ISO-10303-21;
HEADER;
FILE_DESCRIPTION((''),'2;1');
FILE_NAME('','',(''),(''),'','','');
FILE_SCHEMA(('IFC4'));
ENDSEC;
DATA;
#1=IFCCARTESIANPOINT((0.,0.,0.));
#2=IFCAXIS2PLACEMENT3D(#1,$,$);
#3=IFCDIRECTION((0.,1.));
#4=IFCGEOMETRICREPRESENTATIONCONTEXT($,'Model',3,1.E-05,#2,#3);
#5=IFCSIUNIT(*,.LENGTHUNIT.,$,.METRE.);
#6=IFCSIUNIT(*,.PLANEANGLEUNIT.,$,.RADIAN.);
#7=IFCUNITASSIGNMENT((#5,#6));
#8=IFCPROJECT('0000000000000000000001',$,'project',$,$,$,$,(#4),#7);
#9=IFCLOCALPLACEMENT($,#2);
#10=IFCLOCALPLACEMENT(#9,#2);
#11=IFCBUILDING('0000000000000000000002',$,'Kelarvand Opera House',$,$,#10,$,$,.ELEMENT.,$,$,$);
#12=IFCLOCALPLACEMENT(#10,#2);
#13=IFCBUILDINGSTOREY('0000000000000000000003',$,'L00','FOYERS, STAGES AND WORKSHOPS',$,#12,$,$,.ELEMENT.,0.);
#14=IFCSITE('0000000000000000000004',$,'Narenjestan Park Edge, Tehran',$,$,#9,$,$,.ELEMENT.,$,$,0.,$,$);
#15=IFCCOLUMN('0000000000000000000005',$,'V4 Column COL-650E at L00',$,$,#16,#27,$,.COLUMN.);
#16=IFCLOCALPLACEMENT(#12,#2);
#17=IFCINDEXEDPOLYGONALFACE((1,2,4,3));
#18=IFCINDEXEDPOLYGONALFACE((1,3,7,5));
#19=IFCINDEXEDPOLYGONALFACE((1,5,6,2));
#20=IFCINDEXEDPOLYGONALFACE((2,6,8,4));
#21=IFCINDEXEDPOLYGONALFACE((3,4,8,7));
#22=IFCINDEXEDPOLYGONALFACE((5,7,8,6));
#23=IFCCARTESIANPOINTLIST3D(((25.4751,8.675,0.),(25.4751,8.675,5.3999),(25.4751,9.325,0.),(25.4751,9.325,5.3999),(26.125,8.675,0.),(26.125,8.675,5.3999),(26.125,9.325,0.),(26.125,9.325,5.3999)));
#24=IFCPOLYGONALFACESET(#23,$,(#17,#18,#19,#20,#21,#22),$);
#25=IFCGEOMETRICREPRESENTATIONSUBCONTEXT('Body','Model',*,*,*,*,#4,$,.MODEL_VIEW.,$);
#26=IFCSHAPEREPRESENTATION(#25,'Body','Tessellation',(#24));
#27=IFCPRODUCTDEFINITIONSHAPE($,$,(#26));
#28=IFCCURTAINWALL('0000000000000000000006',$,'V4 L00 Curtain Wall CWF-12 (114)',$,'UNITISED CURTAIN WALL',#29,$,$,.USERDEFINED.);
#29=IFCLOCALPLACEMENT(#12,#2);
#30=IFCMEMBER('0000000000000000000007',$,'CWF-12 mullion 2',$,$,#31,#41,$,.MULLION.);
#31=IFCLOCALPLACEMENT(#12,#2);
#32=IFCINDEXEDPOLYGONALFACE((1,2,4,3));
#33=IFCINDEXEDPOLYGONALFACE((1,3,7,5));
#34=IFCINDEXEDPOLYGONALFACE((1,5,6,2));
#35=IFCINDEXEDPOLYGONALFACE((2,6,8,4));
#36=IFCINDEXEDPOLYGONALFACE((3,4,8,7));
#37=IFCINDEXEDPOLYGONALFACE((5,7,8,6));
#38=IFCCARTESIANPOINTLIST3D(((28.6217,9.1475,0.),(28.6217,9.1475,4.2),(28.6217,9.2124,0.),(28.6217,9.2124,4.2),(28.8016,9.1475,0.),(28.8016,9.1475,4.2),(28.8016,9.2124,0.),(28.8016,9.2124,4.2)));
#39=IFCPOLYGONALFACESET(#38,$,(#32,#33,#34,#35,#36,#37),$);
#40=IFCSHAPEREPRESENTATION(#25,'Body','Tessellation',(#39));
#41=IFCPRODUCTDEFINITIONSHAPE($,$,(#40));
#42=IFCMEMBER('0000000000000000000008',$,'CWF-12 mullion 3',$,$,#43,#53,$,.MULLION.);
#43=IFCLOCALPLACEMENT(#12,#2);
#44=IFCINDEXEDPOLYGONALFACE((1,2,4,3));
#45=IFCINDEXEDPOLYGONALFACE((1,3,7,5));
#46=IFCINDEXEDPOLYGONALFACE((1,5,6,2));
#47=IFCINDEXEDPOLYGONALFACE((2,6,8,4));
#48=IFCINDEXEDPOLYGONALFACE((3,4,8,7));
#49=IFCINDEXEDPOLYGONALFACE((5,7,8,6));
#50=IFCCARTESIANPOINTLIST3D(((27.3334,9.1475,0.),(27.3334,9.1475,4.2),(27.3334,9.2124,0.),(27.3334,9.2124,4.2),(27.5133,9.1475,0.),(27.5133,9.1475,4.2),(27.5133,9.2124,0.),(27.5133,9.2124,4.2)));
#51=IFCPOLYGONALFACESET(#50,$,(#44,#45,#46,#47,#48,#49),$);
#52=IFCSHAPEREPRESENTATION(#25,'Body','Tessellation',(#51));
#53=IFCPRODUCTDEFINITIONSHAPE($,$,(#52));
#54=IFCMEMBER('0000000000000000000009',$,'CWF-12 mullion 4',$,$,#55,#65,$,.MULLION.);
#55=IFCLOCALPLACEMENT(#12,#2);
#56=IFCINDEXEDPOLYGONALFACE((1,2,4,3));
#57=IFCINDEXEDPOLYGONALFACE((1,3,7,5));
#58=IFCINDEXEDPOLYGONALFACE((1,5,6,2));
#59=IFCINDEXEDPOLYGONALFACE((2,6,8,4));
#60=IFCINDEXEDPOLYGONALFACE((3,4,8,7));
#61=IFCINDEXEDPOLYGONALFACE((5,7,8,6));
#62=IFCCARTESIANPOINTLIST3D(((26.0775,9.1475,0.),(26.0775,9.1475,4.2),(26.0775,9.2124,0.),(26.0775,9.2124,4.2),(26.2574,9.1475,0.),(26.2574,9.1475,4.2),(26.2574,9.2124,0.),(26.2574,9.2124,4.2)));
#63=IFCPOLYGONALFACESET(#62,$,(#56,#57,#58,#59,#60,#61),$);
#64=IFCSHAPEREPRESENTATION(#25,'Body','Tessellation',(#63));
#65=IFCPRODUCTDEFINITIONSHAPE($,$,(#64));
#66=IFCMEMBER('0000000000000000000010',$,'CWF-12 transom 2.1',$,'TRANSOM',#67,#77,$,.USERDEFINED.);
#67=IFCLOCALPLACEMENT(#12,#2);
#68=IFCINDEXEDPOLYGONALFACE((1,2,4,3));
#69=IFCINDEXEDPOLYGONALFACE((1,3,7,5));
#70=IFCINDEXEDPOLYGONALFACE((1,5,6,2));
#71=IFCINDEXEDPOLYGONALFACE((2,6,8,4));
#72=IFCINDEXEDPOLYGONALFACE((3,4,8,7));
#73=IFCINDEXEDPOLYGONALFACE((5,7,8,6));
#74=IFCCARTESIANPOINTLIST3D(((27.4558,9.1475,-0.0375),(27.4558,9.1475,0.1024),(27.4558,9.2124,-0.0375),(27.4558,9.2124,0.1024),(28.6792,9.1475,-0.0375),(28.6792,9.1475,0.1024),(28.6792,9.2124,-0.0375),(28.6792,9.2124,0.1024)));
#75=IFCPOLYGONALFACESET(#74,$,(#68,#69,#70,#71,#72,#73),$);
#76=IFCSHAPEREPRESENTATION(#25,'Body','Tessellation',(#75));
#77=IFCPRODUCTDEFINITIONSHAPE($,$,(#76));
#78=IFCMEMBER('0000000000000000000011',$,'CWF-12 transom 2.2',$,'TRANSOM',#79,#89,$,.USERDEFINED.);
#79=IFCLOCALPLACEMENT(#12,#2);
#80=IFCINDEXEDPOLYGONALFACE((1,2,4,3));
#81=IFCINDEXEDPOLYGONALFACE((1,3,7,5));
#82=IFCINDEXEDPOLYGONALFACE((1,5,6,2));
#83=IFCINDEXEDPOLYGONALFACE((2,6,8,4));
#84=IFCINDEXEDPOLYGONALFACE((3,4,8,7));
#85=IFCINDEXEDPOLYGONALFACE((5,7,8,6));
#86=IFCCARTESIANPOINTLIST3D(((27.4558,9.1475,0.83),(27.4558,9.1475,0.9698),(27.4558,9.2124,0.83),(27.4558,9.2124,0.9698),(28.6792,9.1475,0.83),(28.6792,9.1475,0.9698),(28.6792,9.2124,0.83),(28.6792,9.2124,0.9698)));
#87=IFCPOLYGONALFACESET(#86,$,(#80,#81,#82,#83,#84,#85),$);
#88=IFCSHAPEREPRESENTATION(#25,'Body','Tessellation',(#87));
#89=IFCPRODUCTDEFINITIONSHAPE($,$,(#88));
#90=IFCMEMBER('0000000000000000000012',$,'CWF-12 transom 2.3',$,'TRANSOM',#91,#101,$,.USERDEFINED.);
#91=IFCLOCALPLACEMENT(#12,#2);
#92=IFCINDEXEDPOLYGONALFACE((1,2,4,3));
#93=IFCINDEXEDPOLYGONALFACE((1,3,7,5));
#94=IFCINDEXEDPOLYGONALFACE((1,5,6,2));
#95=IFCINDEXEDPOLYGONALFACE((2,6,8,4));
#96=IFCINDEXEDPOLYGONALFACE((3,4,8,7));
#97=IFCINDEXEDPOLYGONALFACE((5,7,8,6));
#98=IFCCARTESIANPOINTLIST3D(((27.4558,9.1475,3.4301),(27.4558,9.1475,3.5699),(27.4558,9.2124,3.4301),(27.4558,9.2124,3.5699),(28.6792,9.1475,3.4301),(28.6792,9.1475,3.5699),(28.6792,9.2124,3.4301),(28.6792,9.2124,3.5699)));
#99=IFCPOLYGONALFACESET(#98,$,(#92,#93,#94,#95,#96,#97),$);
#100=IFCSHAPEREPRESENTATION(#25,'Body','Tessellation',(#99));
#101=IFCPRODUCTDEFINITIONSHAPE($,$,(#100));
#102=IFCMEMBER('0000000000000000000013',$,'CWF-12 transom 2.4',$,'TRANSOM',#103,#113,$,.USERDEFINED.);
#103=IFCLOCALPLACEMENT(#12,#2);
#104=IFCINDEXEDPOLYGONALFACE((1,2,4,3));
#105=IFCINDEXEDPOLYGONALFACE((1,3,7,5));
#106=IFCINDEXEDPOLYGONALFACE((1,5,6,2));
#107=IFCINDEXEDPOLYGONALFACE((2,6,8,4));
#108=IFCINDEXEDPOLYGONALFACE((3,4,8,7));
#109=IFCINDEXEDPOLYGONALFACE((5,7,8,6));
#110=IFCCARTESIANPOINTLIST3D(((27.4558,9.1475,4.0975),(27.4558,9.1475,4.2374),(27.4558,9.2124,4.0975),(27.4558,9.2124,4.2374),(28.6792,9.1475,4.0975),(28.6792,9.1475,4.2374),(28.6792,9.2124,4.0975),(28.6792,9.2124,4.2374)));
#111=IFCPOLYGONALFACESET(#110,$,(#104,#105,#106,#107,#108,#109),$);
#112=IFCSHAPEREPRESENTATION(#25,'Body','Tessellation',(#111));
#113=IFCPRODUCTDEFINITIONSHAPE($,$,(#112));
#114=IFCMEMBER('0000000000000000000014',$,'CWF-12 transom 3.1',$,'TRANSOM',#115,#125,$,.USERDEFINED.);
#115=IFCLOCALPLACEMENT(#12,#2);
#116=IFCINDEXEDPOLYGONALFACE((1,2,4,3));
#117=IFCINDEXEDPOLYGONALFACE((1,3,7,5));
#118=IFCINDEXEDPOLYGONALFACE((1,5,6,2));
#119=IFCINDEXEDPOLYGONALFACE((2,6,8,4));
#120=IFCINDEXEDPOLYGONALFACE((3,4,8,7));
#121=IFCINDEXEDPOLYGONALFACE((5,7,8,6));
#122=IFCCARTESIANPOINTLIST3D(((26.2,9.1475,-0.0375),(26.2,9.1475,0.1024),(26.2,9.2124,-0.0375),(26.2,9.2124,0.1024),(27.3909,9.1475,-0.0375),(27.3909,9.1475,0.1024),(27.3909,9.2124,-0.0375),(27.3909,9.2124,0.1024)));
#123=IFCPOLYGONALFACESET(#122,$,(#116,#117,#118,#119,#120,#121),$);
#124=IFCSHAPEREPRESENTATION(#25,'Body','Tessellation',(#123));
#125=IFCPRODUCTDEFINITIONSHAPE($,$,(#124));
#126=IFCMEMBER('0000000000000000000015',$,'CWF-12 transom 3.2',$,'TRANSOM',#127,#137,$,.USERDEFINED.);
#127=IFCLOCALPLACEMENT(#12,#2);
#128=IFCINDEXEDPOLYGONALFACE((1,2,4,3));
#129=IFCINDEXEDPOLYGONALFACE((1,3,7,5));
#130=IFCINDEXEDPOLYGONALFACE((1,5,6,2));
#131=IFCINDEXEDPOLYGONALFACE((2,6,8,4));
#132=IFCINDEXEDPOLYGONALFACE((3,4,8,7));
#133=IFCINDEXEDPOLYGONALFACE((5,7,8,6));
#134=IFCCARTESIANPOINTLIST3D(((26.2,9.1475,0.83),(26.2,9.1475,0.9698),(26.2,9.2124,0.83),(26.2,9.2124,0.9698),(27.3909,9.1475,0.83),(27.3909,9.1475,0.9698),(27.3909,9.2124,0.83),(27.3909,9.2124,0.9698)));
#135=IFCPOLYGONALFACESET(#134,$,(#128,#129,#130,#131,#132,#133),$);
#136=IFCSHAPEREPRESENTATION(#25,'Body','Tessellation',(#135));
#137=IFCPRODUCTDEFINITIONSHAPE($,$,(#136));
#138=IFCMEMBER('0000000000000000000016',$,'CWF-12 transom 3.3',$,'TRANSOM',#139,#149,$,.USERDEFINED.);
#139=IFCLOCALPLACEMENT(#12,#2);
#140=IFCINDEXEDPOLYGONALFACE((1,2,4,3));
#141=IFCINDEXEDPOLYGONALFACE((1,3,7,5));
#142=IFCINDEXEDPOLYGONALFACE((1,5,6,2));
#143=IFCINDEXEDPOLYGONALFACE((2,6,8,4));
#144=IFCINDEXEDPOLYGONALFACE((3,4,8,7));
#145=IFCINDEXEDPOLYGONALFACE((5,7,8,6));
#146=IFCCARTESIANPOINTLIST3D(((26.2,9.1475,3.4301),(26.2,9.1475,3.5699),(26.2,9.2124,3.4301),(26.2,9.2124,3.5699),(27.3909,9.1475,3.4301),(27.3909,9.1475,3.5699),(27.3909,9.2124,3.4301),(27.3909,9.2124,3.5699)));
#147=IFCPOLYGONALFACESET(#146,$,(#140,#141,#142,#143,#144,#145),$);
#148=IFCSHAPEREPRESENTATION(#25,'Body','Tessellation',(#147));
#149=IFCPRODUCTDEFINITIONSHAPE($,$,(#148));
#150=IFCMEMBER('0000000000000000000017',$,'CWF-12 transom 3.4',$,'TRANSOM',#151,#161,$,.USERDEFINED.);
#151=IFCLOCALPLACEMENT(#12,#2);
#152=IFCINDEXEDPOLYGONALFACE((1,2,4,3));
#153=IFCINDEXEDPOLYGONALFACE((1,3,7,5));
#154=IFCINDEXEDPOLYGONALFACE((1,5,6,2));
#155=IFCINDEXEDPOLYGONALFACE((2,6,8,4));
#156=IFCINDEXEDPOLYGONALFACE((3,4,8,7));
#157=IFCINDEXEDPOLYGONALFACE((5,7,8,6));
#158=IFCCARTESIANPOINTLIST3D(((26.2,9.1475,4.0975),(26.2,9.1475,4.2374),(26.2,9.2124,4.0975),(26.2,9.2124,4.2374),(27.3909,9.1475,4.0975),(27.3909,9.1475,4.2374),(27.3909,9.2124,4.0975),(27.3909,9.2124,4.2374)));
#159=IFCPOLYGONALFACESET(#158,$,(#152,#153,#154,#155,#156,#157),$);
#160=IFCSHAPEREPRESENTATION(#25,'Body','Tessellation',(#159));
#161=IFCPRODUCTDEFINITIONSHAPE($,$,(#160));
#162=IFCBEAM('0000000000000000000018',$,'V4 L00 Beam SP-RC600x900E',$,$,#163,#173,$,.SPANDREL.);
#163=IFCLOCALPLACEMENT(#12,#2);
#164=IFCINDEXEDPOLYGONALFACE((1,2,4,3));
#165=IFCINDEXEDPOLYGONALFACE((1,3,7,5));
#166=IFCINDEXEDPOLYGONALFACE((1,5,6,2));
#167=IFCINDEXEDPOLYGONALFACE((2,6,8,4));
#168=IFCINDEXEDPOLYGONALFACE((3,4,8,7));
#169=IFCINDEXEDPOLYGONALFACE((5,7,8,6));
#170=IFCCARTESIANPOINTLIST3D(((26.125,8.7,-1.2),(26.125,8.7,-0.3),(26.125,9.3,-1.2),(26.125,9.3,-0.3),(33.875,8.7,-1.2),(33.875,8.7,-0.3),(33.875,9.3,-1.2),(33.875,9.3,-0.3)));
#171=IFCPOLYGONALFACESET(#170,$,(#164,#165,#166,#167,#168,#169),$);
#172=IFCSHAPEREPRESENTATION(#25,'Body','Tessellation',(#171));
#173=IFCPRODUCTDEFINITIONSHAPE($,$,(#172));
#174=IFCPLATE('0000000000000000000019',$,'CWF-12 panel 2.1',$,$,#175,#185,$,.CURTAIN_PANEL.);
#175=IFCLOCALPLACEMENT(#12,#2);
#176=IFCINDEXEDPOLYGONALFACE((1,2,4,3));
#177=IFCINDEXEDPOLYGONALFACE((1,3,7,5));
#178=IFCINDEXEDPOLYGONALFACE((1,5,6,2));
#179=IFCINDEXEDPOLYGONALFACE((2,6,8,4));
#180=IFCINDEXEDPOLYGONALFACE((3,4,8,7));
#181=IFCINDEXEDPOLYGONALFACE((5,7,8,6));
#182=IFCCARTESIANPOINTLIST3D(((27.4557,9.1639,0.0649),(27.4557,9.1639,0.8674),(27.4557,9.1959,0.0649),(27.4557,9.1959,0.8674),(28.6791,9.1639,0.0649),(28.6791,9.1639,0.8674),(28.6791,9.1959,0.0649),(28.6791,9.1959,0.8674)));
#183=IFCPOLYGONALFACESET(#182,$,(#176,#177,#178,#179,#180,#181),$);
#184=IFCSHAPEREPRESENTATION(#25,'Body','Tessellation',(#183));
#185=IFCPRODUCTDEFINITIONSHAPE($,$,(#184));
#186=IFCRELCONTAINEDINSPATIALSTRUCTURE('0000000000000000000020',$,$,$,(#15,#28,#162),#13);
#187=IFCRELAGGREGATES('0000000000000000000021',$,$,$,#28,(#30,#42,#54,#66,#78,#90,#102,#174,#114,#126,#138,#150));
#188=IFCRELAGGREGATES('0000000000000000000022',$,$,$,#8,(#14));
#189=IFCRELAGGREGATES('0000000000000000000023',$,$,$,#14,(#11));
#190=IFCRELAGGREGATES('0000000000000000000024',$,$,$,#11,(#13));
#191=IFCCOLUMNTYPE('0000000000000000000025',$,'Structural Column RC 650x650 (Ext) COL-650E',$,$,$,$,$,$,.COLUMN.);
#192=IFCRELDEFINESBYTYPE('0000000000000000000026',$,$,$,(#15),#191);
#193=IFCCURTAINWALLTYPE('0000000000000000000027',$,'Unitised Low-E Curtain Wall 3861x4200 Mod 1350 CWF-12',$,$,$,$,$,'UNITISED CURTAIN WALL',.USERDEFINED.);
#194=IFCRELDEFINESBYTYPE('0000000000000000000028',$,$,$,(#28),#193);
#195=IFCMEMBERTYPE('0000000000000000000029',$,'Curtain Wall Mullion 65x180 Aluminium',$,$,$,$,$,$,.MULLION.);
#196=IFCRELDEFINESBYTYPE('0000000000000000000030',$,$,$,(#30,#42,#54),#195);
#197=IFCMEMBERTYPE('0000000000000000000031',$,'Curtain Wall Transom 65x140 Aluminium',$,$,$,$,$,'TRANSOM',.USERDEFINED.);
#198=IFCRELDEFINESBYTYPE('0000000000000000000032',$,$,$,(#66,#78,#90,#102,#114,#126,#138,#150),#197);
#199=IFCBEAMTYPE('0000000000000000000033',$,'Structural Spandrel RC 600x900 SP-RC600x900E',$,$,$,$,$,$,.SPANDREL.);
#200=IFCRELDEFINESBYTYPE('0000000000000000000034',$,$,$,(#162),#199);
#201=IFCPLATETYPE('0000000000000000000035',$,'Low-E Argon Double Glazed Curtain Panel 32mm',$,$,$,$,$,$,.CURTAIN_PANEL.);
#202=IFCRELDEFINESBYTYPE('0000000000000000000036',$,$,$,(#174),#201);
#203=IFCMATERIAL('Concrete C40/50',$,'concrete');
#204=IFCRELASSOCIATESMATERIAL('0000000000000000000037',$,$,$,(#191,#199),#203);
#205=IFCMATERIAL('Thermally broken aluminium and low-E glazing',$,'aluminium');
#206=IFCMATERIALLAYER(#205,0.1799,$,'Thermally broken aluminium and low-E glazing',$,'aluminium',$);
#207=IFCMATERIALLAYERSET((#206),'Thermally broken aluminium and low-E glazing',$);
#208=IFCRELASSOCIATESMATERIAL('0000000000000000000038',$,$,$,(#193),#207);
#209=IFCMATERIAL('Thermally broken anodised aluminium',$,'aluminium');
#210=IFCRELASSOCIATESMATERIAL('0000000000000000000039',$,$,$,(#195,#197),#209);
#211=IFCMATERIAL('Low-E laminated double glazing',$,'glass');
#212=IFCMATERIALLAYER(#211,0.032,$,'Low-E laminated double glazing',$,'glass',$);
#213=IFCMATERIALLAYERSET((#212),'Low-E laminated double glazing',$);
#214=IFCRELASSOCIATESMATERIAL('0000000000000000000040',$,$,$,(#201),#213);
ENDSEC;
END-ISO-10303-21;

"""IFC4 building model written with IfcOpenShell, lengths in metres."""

from ifc_helpers import new_model, si_unit, direction, frame, origin, origin_2d, place, context, subcontext, project, spatial, rectangle, extrude, material, layer, layer_set, material_profile, profile_set, type_object, element, aggregate, save


model = new_model("IFC4")

# Units and contexts
model_context = context("Model", 3, precision=1e-05, world=origin(), true_north=direction((0.0, 1.0)))
body_context = subcontext(model_context, "Body", "Model", "MODEL_VIEW")
ifc_project = project(units=[si_unit("LENGTHUNIT", "METRE"), si_unit("PLANEANGLEUNIT", "RADIAN")], contexts=[model_context])

# Site, building, storey
site_placement = place(None, origin())
site = spatial("IfcSite", under=ifc_project, at=site_placement, Name="Narenjestan Park Edge, Tehran", CompositionType="ELEMENT", RefElevation=0.0)
building_placement = place(site_placement, origin())
building = spatial("IfcBuilding", under=site, at=building_placement, Name="Kelarvand Opera House", CompositionType="ELEMENT")
storey_placement = place(building_placement, origin())
storey = spatial("IfcBuildingStorey", under=building, at=storey_placement, Name="L00", Description="FOYERS, STAGES AND WORKSHOPS", CompositionType="ELEMENT", Elevation=0.0)

# Column
ifc_material_1 = material(Name="Concrete C40/50", Category="concrete")
ifc_material_profile_1 = material_profile(ifc_material_1, rectangle(XDim=0.6499, YDim=0.6499, at=origin_2d()), Name="RC 650x650", Category="concrete")
ifc_profile_set_1 = profile_set([ifc_material_profile_1], Name="Concrete C40/50")
column_type = type_object("IfcColumnType", Name="Structural Column RC 650x650 (Ext) COL-650E", PredefinedType="COLUMN", material=ifc_profile_set_1)
column_placement = place(storey_placement, frame((25.8, 9.0, 0.0), z_axis=(0.0, 0.0, 1.0), x_axis=(1.0, 0.0, 0.0)))
element("IfcColumn", 1, at=column_placement, inside=storey, type_object=column_type, Name="V4 Column COL-650E at L00", PredefinedType="COLUMN", context=body_context, shape_type="SweptSolid", body=[
    extrude(rectangle(XDim=0.6499, YDim=0.6499, at=origin_2d()), origin(), (0.0, 0.0, 1.0), 5.3999),
])

# Curtain wall, members
ifc_material_2 = material(Name="Thermally broken aluminium and low-E glazing", Category="aluminium")
ifc_layer_1 = layer(ifc_material_2, 0.1799, Name="Thermally broken aluminium and low-E glazing", Category="aluminium")
ifc_layer_set_1 = layer_set([ifc_layer_1], Name="Thermally broken aluminium and low-E glazing")
curtain_wall_type = type_object("IfcCurtainWallType", Name="Unitised Low-E Curtain Wall 3861x4200 Mod 1350 CWF-12", ElementType="UNITISED CURTAIN WALL", PredefinedType="USERDEFINED", material=ifc_layer_set_1)
curtain_wall_placement = place(storey_placement, origin())
curtain_wall = element("IfcCurtainWall", 2, at=curtain_wall_placement, inside=storey, type_object=curtain_wall_type, Name="V4 L00 Curtain Wall CWF-12 (114)", ObjectType="UNITISED CURTAIN WALL", PredefinedType="USERDEFINED")
ifc_material_3 = material(Name="Thermally broken anodised aluminium", Category="aluminium")
ifc_material_profile_2 = material_profile(ifc_material_3, rectangle(XDim=0.0649, YDim=0.1799, at=origin_2d()), Name="ALU MULLION 65x180", Category="aluminium")
ifc_profile_set_2 = profile_set([ifc_material_profile_2], Name="Thermally broken anodised aluminium")
member_type_1 = type_object("IfcMemberType", Name="Curtain Wall Mullion 65x180 Aluminium", PredefinedType="MULLION", material=ifc_profile_set_2)
member_1_placement = place(storey_placement, frame((28.7117, 9.1799, 0.0), z_axis=(0.0, 0.0, 1.0), x_axis=(0.0, -1.0, 0.0)))
member_1 = element("IfcMember", 3, at=member_1_placement, type_object=member_type_1, Name="CWF-12 mullion 2", PredefinedType="MULLION", context=body_context, shape_type="SweptSolid", body=[
    extrude(rectangle(XDim=0.0649, YDim=0.1799, at=origin_2d()), origin(), (0.0, 0.0, 1.0), 4.2),
])
member_2_placement = place(storey_placement, frame((27.4233, 9.1799, 0.0), z_axis=(0.0, 0.0, 1.0), x_axis=(0.0, -1.0, 0.0)))
member_2 = element("IfcMember", 4, at=member_2_placement, type_object=member_type_1, Name="CWF-12 mullion 3", PredefinedType="MULLION", context=body_context, shape_type="SweptSolid", body=[
    extrude(rectangle(XDim=0.0649, YDim=0.1799, at=origin_2d()), origin(), (0.0, 0.0, 1.0), 4.2),
])
member_3_placement = place(storey_placement, frame((26.1675, 9.1799, 0.0), z_axis=(0.0, 0.0, 1.0), x_axis=(0.0, -1.0, 0.0)))
member_3 = element("IfcMember", 5, at=member_3_placement, type_object=member_type_1, Name="CWF-12 mullion 4", PredefinedType="MULLION", context=body_context, shape_type="SweptSolid", body=[
    extrude(rectangle(XDim=0.0649, YDim=0.1799, at=origin_2d()), origin(), (0.0, 0.0, 1.0), 4.2),
])
ifc_material_profile_3 = material_profile(ifc_material_3, rectangle(XDim=0.0649, YDim=0.1399, at=origin_2d()), Name="ALU TRANSOM 65x140", Category="aluminium")
ifc_profile_set_3 = profile_set([ifc_material_profile_3], Name="Thermally broken anodised aluminium")
member_type_2 = type_object("IfcMemberType", Name="Curtain Wall Transom 65x140 Aluminium", ElementType="TRANSOM", PredefinedType="USERDEFINED", material=ifc_profile_set_3)
member_4_placement = place(storey_placement, frame((28.6792, 9.1799, 0.0325), z_axis=(-1.0, 0.0, 0.0), x_axis=(0.0, -1.0, 0.0)))
member_4 = element("IfcMember", 6, at=member_4_placement, type_object=member_type_2, Name="CWF-12 transom 2.1", ObjectType="TRANSOM", PredefinedType="USERDEFINED", context=body_context, shape_type="SweptSolid", body=[
    extrude(rectangle(XDim=0.0649, YDim=0.1399, at=origin_2d()), origin(), (0.0, 0.0, 1.0), 1.2234),
])
member_5_placement = place(storey_placement, frame((28.6792, 9.1799, 0.8999), z_axis=(-1.0, 0.0, 0.0), x_axis=(0.0, -1.0, 0.0)))
member_5 = element("IfcMember", 7, at=member_5_placement, type_object=member_type_2, Name="CWF-12 transom 2.2", ObjectType="TRANSOM", PredefinedType="USERDEFINED", context=body_context, shape_type="SweptSolid", body=[
    extrude(rectangle(XDim=0.0649, YDim=0.1399, at=origin_2d()), origin(), (0.0, 0.0, 1.0), 1.2234),
])
member_6_placement = place(storey_placement, frame((28.6792, 9.1799, 3.5), z_axis=(-1.0, 0.0, 0.0), x_axis=(0.0, -1.0, 0.0)))
member_6 = element("IfcMember", 8, at=member_6_placement, type_object=member_type_2, Name="CWF-12 transom 2.3", ObjectType="TRANSOM", PredefinedType="USERDEFINED", context=body_context, shape_type="SweptSolid", body=[
    extrude(rectangle(XDim=0.0649, YDim=0.1399, at=origin_2d()), origin(), (0.0, 0.0, 1.0), 1.2234),
])
member_7_placement = place(storey_placement, frame((28.6792, 9.1799, 4.1675), z_axis=(-1.0, 0.0, 0.0), x_axis=(0.0, -1.0, 0.0)))
member_7 = element("IfcMember", 9, at=member_7_placement, type_object=member_type_2, Name="CWF-12 transom 2.4", ObjectType="TRANSOM", PredefinedType="USERDEFINED", context=body_context, shape_type="SweptSolid", body=[
    extrude(rectangle(XDim=0.0649, YDim=0.1399, at=origin_2d()), origin(), (0.0, 0.0, 1.0), 1.2234),
])
member_8_placement = place(storey_placement, frame((27.3909, 9.1799, 0.0325), z_axis=(-1.0, 0.0, 0.0), x_axis=(0.0, -1.0, 0.0)))
member_8 = element("IfcMember", 10, at=member_8_placement, type_object=member_type_2, Name="CWF-12 transom 3.1", ObjectType="TRANSOM", PredefinedType="USERDEFINED", context=body_context, shape_type="SweptSolid", body=[
    extrude(rectangle(XDim=0.0649, YDim=0.1399, at=origin_2d()), origin(), (0.0, 0.0, 1.0), 1.1909),
])
member_9_placement = place(storey_placement, frame((27.3909, 9.1799, 0.8999), z_axis=(-1.0, 0.0, 0.0), x_axis=(0.0, -1.0, 0.0)))
member_9 = element("IfcMember", 11, at=member_9_placement, type_object=member_type_2, Name="CWF-12 transom 3.2", ObjectType="TRANSOM", PredefinedType="USERDEFINED", context=body_context, shape_type="SweptSolid", body=[
    extrude(rectangle(XDim=0.0649, YDim=0.1399, at=origin_2d()), origin(), (0.0, 0.0, 1.0), 1.1909),
])
member_10_placement = place(storey_placement, frame((27.3909, 9.1799, 3.5), z_axis=(-1.0, 0.0, 0.0), x_axis=(0.0, -1.0, 0.0)))
member_10 = element("IfcMember", 12, at=member_10_placement, type_object=member_type_2, Name="CWF-12 transom 3.3", ObjectType="TRANSOM", PredefinedType="USERDEFINED", context=body_context, shape_type="SweptSolid", body=[
    extrude(rectangle(XDim=0.0649, YDim=0.1399, at=origin_2d()), origin(), (0.0, 0.0, 1.0), 1.1909),
])
member_11_placement = place(storey_placement, frame((27.3909, 9.1799, 4.1675), z_axis=(-1.0, 0.0, 0.0), x_axis=(0.0, -1.0, 0.0)))
member_11 = element("IfcMember", 13, at=member_11_placement, type_object=member_type_2, Name="CWF-12 transom 3.4", ObjectType="TRANSOM", PredefinedType="USERDEFINED", context=body_context, shape_type="SweptSolid", body=[
    extrude(rectangle(XDim=0.0649, YDim=0.1399, at=origin_2d()), origin(), (0.0, 0.0, 1.0), 1.1909),
])

# Beam
ifc_material_profile_4 = material_profile(ifc_material_1, rectangle(XDim=0.6001, YDim=0.8999, at=origin_2d()), Name="RC 600x900", Category="concrete")
ifc_profile_set_4 = profile_set([ifc_material_profile_4], Name="Concrete C40/50")
beam_type = type_object("IfcBeamType", Name="Structural Spandrel RC 600x900 SP-RC600x900E", PredefinedType="SPANDREL", material=ifc_profile_set_4)
beam_placement = place(storey_placement, frame((26.125, 9.0, -0.75), z_axis=(1.0, 0.0, 0.0), x_axis=(0.0, 1.0, 0.0)))
element("IfcBeam", 14, at=beam_placement, inside=storey, type_object=beam_type, Name="V4 L00 Beam SP-RC600x900E", PredefinedType="SPANDREL", context=body_context, shape_type="SweptSolid", body=[
    extrude(rectangle(XDim=0.6001, YDim=0.8999, at=origin_2d()), origin(), (0.0, 0.0, 1.0), 7.75),
])

# Plate
ifc_material_4 = material(Name="Low-E laminated double glazing", Category="glass")
ifc_layer_2 = layer(ifc_material_4, 0.032, Name="Low-E laminated double glazing", Category="glass")
ifc_layer_set_2 = layer_set([ifc_layer_2], Name="Low-E laminated double glazing")
plate_type = type_object("IfcPlateType", Name="Low-E Argon Double Glazed Curtain Panel 32mm", PredefinedType="CURTAIN_PANEL", material=ifc_layer_set_2)
plate_1_placement = place(storey_placement, frame((28.0674, 9.1799, 0.0649), z_axis=(0.0, 0.0, 1.0), x_axis=(-1.0, 0.0, 0.0)))
plate_1 = element("IfcPlate", 15, at=plate_1_placement, type_object=plate_type, Name="CWF-12 panel 2.1", PredefinedType="CURTAIN_PANEL", context=body_context, shape_type="SweptSolid", body=[
    extrude(rectangle(XDim=1.2234, YDim=0.032, at=origin_2d()), origin(), (0.0, 0.0, 1.0), 0.8025),
])
aggregate(curtain_wall, [member_1, member_2, member_3, member_4, member_5, member_6, member_7, plate_1, member_8, member_9, member_10, member_11])

save(model, "model.ifc")
